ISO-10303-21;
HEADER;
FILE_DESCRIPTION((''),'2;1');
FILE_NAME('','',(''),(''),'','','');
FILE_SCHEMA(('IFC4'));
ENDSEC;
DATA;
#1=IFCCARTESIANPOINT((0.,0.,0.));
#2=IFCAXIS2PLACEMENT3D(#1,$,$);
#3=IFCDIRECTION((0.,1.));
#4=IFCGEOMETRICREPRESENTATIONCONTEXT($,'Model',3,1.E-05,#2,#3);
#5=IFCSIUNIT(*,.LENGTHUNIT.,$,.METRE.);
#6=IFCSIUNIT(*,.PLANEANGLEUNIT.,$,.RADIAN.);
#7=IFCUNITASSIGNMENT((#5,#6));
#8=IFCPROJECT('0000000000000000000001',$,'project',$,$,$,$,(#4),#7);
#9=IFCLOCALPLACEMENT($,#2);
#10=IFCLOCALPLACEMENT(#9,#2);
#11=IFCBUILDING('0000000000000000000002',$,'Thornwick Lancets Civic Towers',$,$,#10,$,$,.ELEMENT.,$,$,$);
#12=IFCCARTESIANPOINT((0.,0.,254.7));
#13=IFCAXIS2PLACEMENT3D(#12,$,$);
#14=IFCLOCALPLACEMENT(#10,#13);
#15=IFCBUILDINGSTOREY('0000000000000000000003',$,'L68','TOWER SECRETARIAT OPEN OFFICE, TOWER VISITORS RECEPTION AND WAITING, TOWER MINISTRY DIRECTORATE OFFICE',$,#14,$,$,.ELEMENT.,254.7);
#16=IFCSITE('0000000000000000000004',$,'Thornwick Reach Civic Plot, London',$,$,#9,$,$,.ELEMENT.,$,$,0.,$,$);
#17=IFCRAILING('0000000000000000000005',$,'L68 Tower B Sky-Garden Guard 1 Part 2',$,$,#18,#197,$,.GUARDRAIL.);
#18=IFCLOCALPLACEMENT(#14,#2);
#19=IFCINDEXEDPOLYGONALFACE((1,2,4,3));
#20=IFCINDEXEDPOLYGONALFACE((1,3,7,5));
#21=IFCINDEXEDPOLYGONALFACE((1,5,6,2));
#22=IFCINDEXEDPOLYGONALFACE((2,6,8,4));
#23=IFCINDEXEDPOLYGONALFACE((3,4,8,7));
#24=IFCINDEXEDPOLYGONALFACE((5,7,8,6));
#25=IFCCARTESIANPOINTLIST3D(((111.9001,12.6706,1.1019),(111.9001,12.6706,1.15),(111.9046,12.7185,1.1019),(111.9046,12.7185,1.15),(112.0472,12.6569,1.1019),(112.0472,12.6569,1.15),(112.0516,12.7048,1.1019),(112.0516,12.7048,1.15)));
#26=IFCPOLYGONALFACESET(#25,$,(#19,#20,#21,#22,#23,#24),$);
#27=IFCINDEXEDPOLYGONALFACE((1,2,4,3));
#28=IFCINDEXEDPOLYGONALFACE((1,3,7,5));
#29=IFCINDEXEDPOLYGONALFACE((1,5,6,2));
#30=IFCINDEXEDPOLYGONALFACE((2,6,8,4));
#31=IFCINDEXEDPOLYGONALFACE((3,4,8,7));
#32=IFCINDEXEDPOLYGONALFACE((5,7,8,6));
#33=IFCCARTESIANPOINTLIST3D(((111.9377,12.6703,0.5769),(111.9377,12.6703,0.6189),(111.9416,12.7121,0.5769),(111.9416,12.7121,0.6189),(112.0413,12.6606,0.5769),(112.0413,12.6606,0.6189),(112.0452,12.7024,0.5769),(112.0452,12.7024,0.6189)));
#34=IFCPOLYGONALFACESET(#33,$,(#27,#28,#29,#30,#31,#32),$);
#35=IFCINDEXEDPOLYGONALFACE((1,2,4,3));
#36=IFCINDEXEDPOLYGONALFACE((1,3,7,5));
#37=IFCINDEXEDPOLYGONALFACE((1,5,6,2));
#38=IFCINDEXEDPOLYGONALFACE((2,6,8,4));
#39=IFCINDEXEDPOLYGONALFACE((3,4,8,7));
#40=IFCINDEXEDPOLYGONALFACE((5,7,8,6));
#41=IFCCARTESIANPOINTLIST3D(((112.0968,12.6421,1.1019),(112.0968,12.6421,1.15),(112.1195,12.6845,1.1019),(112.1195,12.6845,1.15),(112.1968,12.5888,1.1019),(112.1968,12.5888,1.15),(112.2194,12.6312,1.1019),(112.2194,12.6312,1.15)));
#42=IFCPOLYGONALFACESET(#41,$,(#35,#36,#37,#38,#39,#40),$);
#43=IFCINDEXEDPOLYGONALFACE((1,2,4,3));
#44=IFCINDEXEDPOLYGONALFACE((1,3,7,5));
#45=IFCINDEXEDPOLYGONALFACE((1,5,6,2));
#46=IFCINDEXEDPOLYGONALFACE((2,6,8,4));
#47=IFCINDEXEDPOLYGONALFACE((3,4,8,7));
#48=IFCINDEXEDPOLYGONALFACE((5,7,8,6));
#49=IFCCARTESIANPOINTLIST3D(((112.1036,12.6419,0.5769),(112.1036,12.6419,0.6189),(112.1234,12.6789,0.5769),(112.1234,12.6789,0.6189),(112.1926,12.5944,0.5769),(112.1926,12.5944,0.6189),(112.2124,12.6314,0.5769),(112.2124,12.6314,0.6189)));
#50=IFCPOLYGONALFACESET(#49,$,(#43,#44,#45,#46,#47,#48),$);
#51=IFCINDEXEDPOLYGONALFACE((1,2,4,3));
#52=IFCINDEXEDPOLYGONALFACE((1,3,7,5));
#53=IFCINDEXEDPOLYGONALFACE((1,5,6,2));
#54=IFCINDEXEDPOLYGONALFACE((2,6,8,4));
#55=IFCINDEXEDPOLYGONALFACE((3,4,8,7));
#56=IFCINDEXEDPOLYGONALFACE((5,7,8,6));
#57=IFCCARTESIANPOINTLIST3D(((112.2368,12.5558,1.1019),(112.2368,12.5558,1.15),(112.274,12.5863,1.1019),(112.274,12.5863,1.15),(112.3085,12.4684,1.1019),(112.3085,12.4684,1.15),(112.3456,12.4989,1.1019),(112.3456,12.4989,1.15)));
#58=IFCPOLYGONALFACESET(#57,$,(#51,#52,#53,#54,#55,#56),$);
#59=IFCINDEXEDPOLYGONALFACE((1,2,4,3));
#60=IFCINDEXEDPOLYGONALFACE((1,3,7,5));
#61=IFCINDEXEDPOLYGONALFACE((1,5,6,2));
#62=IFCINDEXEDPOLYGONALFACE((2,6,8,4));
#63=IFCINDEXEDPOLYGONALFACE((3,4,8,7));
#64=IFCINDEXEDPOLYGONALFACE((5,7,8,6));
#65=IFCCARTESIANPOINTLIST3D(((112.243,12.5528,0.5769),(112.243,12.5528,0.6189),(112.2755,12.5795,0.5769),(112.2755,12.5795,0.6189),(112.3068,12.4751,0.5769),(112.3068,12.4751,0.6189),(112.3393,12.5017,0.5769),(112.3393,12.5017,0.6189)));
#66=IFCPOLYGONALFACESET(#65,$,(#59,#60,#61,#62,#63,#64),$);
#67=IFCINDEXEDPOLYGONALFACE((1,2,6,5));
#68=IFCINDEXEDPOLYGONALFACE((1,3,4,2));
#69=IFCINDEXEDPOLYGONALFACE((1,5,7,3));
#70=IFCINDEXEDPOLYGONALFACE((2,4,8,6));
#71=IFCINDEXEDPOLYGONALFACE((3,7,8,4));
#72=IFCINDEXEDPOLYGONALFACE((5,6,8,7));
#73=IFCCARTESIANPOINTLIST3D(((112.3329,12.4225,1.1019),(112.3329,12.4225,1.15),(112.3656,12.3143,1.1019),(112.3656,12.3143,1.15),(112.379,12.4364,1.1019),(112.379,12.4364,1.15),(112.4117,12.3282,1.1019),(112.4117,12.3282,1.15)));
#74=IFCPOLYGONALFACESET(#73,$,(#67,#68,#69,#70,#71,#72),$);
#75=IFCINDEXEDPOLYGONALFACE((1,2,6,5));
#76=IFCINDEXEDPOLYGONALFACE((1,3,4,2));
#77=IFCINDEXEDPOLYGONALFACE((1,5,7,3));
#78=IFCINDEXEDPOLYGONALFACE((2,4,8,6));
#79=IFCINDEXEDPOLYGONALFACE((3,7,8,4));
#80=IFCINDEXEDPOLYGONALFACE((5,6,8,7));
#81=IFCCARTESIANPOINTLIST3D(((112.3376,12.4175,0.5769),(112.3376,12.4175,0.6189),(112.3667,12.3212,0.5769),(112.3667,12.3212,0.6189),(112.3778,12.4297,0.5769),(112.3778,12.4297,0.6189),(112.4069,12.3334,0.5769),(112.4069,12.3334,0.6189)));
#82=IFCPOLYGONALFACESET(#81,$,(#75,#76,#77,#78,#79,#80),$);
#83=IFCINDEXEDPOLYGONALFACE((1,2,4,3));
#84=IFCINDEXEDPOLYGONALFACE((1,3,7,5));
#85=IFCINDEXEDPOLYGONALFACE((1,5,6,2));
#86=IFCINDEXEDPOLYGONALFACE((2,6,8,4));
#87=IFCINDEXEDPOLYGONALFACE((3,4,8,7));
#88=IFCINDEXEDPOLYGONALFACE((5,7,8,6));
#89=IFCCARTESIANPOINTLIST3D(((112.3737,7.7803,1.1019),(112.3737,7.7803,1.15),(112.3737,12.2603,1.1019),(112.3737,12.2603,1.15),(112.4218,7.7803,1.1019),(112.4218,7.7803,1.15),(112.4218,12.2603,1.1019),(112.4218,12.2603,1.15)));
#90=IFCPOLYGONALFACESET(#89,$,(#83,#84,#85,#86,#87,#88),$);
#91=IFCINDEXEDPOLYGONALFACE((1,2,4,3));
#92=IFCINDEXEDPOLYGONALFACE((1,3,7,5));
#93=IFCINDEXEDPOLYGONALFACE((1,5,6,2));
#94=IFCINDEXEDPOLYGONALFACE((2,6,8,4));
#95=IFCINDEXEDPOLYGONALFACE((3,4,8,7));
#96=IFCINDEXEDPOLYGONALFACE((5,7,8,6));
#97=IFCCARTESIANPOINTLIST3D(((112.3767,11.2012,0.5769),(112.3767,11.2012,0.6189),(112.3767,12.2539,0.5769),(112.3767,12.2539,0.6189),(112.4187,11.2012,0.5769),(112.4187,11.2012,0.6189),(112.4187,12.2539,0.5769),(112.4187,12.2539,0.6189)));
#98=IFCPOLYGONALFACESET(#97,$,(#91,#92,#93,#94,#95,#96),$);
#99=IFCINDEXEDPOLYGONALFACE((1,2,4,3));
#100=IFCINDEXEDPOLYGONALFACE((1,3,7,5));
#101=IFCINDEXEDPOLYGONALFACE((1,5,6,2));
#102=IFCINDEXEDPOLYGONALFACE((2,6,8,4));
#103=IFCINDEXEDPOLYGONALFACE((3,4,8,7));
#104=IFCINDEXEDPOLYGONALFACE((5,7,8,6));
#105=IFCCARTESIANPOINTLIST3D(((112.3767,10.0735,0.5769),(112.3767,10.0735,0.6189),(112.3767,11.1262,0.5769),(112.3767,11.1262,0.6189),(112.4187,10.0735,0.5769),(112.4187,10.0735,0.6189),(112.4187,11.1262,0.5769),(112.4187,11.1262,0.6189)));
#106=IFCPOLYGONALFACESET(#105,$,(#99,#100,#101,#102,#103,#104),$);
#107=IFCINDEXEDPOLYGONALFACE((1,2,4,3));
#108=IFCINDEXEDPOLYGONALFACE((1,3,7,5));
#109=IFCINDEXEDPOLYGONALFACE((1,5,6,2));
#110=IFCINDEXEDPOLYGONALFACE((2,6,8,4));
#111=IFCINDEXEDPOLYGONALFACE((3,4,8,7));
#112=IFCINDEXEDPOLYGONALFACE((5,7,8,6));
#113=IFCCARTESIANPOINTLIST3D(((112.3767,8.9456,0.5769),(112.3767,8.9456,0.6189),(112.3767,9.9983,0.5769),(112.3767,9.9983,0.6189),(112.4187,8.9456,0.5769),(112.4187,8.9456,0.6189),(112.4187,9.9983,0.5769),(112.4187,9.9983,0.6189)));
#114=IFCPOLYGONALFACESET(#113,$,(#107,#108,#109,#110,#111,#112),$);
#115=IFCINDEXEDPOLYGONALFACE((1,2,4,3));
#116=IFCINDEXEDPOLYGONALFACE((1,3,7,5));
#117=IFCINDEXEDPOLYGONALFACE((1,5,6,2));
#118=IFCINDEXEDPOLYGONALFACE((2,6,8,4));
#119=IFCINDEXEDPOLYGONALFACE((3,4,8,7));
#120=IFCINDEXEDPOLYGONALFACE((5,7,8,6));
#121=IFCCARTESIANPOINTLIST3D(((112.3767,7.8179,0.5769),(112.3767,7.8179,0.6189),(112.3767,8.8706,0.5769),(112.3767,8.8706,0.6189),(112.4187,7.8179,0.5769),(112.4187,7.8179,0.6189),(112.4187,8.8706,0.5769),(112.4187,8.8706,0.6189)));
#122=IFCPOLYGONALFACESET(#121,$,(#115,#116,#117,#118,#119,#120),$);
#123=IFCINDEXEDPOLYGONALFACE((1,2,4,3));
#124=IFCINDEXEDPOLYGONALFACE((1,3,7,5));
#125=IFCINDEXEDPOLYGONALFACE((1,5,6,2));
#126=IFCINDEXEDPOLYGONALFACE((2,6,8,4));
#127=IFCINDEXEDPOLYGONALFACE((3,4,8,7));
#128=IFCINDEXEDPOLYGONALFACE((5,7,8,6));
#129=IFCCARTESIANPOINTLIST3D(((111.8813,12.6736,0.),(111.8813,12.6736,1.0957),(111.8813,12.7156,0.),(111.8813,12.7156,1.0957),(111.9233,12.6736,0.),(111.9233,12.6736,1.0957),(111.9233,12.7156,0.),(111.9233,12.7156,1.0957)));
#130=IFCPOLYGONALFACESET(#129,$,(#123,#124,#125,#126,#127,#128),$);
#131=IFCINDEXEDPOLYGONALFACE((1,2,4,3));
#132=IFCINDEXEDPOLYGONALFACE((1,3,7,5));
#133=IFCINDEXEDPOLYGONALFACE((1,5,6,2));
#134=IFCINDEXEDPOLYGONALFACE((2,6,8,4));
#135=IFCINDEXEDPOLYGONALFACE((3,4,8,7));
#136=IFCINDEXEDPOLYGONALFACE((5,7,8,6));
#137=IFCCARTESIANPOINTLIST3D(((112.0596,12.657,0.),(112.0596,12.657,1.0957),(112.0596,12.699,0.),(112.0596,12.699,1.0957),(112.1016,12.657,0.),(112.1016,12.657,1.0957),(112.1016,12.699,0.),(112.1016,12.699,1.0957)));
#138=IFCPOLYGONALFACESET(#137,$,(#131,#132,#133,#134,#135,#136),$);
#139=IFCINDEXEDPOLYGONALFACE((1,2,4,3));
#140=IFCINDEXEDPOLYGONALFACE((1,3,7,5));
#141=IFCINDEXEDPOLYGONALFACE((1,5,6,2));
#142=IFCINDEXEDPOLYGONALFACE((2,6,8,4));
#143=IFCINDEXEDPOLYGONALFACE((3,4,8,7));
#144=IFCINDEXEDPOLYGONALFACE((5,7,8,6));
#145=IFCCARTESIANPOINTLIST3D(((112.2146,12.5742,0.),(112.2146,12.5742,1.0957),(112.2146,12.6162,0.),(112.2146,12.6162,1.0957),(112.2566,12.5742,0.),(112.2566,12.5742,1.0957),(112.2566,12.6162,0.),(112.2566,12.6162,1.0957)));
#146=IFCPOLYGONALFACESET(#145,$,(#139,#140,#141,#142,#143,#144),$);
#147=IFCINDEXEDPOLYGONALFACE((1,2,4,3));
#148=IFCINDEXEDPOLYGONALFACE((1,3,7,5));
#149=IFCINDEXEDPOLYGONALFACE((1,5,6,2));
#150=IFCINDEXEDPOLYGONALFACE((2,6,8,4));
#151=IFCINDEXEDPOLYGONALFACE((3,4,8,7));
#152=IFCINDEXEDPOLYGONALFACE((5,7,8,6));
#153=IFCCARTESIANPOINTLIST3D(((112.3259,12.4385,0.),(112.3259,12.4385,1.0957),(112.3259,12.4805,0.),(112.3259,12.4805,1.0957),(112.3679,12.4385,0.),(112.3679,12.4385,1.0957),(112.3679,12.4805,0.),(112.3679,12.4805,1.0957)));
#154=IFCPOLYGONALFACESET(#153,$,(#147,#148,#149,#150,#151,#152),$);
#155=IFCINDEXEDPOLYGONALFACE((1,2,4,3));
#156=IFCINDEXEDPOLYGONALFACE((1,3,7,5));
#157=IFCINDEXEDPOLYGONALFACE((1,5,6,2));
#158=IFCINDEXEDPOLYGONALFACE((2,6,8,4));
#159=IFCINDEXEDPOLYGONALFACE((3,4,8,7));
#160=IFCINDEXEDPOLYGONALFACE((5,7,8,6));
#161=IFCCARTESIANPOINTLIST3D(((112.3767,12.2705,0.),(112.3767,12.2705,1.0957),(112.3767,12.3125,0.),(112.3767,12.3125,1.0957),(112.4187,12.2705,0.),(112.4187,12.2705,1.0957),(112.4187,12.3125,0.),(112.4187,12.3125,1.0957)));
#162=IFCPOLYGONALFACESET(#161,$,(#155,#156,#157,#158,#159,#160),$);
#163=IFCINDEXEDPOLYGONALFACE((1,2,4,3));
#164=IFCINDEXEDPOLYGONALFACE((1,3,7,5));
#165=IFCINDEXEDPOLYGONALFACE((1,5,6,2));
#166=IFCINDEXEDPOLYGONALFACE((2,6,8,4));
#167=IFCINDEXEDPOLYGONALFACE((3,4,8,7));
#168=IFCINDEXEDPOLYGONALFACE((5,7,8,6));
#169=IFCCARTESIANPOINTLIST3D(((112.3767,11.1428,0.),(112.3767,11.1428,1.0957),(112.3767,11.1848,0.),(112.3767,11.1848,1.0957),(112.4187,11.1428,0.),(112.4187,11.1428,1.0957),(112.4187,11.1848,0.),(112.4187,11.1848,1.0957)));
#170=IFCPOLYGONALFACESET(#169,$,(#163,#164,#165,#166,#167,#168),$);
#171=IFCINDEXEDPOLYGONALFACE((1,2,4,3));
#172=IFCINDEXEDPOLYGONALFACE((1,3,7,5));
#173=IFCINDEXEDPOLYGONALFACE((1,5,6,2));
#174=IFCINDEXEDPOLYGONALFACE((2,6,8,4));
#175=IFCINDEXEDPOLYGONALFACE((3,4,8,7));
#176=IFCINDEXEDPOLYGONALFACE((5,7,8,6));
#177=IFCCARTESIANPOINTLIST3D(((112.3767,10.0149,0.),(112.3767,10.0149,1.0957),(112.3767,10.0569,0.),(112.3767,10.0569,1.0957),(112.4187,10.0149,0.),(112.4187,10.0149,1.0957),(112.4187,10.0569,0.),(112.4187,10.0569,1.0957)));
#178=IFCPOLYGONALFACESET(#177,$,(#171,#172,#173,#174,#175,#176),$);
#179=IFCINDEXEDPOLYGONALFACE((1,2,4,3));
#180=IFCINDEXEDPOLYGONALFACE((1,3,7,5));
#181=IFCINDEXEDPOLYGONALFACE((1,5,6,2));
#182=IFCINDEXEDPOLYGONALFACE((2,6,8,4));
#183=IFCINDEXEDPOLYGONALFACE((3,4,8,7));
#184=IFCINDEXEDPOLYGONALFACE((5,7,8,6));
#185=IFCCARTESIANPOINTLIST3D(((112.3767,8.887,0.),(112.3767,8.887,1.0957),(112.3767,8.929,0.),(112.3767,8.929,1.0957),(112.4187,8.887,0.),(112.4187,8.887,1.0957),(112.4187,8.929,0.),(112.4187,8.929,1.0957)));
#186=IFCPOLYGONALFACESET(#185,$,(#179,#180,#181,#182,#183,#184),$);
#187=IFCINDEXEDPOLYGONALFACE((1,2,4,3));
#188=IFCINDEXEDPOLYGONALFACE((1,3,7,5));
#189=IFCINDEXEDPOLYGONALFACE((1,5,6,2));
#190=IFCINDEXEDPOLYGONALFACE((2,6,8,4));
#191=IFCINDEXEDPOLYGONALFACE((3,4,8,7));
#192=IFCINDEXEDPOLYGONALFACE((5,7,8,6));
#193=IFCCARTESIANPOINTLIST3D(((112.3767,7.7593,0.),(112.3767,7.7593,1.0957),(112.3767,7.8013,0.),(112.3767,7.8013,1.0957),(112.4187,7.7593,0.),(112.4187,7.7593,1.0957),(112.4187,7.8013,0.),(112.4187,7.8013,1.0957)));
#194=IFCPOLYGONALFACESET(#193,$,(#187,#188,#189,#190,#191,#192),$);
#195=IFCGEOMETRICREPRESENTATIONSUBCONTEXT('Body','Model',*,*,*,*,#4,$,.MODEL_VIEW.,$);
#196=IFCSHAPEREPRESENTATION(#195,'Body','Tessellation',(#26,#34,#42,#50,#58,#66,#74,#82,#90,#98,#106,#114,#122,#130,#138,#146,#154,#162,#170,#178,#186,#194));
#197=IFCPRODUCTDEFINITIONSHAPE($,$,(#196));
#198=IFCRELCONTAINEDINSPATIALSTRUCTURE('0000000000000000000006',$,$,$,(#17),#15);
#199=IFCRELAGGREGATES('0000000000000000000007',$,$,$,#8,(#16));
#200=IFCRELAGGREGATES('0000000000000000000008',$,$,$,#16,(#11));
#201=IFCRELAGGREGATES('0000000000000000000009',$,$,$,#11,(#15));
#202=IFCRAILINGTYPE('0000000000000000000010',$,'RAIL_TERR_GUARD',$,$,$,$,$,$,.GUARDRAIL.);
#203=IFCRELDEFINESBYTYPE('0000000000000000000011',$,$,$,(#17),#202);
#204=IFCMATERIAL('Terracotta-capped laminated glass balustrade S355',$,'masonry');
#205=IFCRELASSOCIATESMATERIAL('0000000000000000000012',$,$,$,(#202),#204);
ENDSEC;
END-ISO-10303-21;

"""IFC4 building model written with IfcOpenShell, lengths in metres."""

from ifc_helpers import new_model, si_unit, direction, frame, origin, origin_2d, place, context, subcontext, project, spatial, rectangle, extrude, material, type_object, element, save


model = new_model("IFC4")

# Units and contexts
model_context = context("Model", 3, precision=1e-05, world=origin(), true_north=direction((0.0, 1.0)))
body_context = subcontext(model_context, "Body", "Model", "MODEL_VIEW")
ifc_project = project(units=[si_unit("LENGTHUNIT", "METRE"), si_unit("PLANEANGLEUNIT", "RADIAN")], contexts=[model_context])

# Site, building, storey
site_placement = place(None, origin())
site = spatial("IfcSite", under=ifc_project, at=site_placement, Name="Thornwick Reach Civic Plot, London", CompositionType="ELEMENT", RefElevation=0.0)
building_placement = place(site_placement, origin())
building = spatial("IfcBuilding", under=site, at=building_placement, Name="Thornwick Lancets Civic Towers", CompositionType="ELEMENT")
storey_placement = place(building_placement, frame((0.0, 0.0, 254.7)))
storey = spatial("IfcBuildingStorey", under=building, at=storey_placement, Name="L68", Description="TOWER SECRETARIAT OPEN OFFICE, TOWER VISITORS RECEPTION AND WAITING, TOWER MINISTRY DIRECTORATE OFFICE", CompositionType="ELEMENT", Elevation=254.7)

# Railing
ifc_material_1 = material(Name="Terracotta-capped laminated glass balustrade S355", Category="masonry")
railing_type_1 = type_object("IfcRailingType", Name="RAIL_TERR_GUARD", PredefinedType="GUARDRAIL", material=ifc_material_1)
railing_1_placement = place(storey_placement, frame((111.9023, 12.6946, 0.0)))
element("IfcRailing", 1, at=railing_1_placement, inside=storey, type_object=railing_type_1, Name="L68 Tower B Sky-Garden Guard 1 Part 2", PredefinedType="GUARDRAIL", context=body_context, shape_type="SweptSolid", body=[
    extrude(rectangle(XDim=0.0481, YDim=0.0481, at=origin_2d()), frame((0.0, 0.0, 1.126), z_axis=(0.99569, -0.092749, 0.0), x_axis=(0.092749, 0.99569, 0.0)), (0.0, 0.0, 1.0), 0.1477),
    extrude(rectangle(XDim=0.042, YDim=0.042, at=origin_2d()), frame((0.0374, -0.0034, 0.5979), z_axis=(0.99569, -0.092749, 0.0), x_axis=(0.092749, 0.99569, 0.0)), (0.0, 0.0, 1.0), 0.104),
    extrude(rectangle(XDim=0.0481, YDim=0.0481, at=origin_2d()), frame((0.2058, -0.0312, 1.126), z_axis=(0.882161, -0.470949, 0.0), x_axis=(0.470949, 0.882161, 0.0)), (0.0, 0.0, 1.0), 0.1133),
    extrude(rectangle(XDim=0.042, YDim=0.042, at=origin_2d()), frame((0.2112, -0.0342, 0.5979), z_axis=(0.882161, -0.470949, 0.0), x_axis=(0.470949, 0.882161, 0.0)), (0.0, 0.0, 1.0), 0.1008),
    extrude(rectangle(XDim=0.0481, YDim=0.0481, at=origin_2d()), frame((0.353, -0.1235, 1.126), z_axis=(0.634146, -0.773213, 0.0), x_axis=(0.773213, 0.634146, 0.0)), (0.0, 0.0, 1.0), 0.113),
    extrude(rectangle(XDim=0.042, YDim=0.042, at=origin_2d()), frame((0.3569, -0.1284, 0.5979), z_axis=(0.634146, -0.773213, 0.0), x_axis=(0.773213, 0.634146, 0.0)), (0.0, 0.0, 1.0), 0.1006),
    extrude(rectangle(XDim=0.0481, YDim=0.0481, at=origin_2d()), frame((0.4536, -0.2651, 1.126), z_axis=(0.28939, -0.957211, 0.0), x_axis=(0.957211, 0.28939, 0.0)), (0.0, 0.0, 1.0), 0.113),
    extrude(rectangle(XDim=0.042, YDim=0.042, at=origin_2d()), frame((0.4553, -0.271, 0.5979), z_axis=(0.28939, -0.957211, 0.0), x_axis=(0.957211, 0.28939, 0.0)), (0.0, 0.0, 1.0), 0.1006),
    extrude(rectangle(XDim=0.0481, YDim=0.0481, at=origin_2d()), frame((0.4954, -0.4343, 1.126), z_axis=(0.0, -1.0, 0.0), x_axis=(1.0, 0.0, 0.0)), (0.0, 0.0, 1.0), 4.48),
    extrude(rectangle(XDim=0.042, YDim=0.042, at=origin_2d()), frame((0.4954, -0.4407, 0.5979), z_axis=(0.0, -1.0, 0.0), x_axis=(1.0, 0.0, 0.0)), (0.0, 0.0, 1.0), 1.0527),
    extrude(rectangle(XDim=0.042, YDim=0.042, at=origin_2d()), frame((0.4954, -1.5684, 0.5979), z_axis=(0.0, -1.0, 0.0), x_axis=(1.0, 0.0, 0.0)), (0.0, 0.0, 1.0), 1.0527),
    extrude(rectangle(XDim=0.042, YDim=0.042, at=origin_2d()), frame((0.4954, -2.6963, 0.5979), z_axis=(0.0, -1.0, 0.0), x_axis=(1.0, 0.0, 0.0)), (0.0, 0.0, 1.0), 1.0527),
    extrude(rectangle(XDim=0.042, YDim=0.042, at=origin_2d()), frame((0.4954, -3.824, 0.5979), z_axis=(0.0, -1.0, 0.0), x_axis=(1.0, 0.0, 0.0)), (0.0, 0.0, 1.0), 1.0527),
    extrude(rectangle(XDim=0.042, YDim=0.042, at=origin_2d()), origin(), (0.0, 0.0, 1.0), 1.0957),
    extrude(rectangle(XDim=0.042, YDim=0.042, at=origin_2d()), frame((0.1782, -0.0166, 0.0)), (0.0, 0.0, 1.0), 1.0957),
    extrude(rectangle(XDim=0.042, YDim=0.042, at=origin_2d()), frame((0.3333, -0.0994, 0.0)), (0.0, 0.0, 1.0), 1.0957),
    extrude(rectangle(XDim=0.042, YDim=0.042, at=origin_2d()), frame((0.4446, -0.2351, 0.0)), (0.0, 0.0, 1.0), 1.0957),
    extrude(rectangle(XDim=0.042, YDim=0.042, at=origin_2d()), frame((0.4954, -0.4031, 0.0)), (0.0, 0.0, 1.0), 1.0957),
    extrude(rectangle(XDim=0.042, YDim=0.042, at=origin_2d()), frame((0.4954, -1.5308, 0.0)), (0.0, 0.0, 1.0), 1.0957),
    extrude(rectangle(XDim=0.042, YDim=0.042, at=origin_2d()), frame((0.4954, -2.6587, 0.0)), (0.0, 0.0, 1.0), 1.0957),
    extrude(rectangle(XDim=0.042, YDim=0.042, at=origin_2d()), frame((0.4954, -3.7866, 0.0)), (0.0, 0.0, 1.0), 1.0957),
    extrude(rectangle(XDim=0.042, YDim=0.042, at=origin_2d()), frame((0.4954, -4.9143, 0.0)), (0.0, 0.0, 1.0), 1.0957),
])

save(model, "model.ifc")
